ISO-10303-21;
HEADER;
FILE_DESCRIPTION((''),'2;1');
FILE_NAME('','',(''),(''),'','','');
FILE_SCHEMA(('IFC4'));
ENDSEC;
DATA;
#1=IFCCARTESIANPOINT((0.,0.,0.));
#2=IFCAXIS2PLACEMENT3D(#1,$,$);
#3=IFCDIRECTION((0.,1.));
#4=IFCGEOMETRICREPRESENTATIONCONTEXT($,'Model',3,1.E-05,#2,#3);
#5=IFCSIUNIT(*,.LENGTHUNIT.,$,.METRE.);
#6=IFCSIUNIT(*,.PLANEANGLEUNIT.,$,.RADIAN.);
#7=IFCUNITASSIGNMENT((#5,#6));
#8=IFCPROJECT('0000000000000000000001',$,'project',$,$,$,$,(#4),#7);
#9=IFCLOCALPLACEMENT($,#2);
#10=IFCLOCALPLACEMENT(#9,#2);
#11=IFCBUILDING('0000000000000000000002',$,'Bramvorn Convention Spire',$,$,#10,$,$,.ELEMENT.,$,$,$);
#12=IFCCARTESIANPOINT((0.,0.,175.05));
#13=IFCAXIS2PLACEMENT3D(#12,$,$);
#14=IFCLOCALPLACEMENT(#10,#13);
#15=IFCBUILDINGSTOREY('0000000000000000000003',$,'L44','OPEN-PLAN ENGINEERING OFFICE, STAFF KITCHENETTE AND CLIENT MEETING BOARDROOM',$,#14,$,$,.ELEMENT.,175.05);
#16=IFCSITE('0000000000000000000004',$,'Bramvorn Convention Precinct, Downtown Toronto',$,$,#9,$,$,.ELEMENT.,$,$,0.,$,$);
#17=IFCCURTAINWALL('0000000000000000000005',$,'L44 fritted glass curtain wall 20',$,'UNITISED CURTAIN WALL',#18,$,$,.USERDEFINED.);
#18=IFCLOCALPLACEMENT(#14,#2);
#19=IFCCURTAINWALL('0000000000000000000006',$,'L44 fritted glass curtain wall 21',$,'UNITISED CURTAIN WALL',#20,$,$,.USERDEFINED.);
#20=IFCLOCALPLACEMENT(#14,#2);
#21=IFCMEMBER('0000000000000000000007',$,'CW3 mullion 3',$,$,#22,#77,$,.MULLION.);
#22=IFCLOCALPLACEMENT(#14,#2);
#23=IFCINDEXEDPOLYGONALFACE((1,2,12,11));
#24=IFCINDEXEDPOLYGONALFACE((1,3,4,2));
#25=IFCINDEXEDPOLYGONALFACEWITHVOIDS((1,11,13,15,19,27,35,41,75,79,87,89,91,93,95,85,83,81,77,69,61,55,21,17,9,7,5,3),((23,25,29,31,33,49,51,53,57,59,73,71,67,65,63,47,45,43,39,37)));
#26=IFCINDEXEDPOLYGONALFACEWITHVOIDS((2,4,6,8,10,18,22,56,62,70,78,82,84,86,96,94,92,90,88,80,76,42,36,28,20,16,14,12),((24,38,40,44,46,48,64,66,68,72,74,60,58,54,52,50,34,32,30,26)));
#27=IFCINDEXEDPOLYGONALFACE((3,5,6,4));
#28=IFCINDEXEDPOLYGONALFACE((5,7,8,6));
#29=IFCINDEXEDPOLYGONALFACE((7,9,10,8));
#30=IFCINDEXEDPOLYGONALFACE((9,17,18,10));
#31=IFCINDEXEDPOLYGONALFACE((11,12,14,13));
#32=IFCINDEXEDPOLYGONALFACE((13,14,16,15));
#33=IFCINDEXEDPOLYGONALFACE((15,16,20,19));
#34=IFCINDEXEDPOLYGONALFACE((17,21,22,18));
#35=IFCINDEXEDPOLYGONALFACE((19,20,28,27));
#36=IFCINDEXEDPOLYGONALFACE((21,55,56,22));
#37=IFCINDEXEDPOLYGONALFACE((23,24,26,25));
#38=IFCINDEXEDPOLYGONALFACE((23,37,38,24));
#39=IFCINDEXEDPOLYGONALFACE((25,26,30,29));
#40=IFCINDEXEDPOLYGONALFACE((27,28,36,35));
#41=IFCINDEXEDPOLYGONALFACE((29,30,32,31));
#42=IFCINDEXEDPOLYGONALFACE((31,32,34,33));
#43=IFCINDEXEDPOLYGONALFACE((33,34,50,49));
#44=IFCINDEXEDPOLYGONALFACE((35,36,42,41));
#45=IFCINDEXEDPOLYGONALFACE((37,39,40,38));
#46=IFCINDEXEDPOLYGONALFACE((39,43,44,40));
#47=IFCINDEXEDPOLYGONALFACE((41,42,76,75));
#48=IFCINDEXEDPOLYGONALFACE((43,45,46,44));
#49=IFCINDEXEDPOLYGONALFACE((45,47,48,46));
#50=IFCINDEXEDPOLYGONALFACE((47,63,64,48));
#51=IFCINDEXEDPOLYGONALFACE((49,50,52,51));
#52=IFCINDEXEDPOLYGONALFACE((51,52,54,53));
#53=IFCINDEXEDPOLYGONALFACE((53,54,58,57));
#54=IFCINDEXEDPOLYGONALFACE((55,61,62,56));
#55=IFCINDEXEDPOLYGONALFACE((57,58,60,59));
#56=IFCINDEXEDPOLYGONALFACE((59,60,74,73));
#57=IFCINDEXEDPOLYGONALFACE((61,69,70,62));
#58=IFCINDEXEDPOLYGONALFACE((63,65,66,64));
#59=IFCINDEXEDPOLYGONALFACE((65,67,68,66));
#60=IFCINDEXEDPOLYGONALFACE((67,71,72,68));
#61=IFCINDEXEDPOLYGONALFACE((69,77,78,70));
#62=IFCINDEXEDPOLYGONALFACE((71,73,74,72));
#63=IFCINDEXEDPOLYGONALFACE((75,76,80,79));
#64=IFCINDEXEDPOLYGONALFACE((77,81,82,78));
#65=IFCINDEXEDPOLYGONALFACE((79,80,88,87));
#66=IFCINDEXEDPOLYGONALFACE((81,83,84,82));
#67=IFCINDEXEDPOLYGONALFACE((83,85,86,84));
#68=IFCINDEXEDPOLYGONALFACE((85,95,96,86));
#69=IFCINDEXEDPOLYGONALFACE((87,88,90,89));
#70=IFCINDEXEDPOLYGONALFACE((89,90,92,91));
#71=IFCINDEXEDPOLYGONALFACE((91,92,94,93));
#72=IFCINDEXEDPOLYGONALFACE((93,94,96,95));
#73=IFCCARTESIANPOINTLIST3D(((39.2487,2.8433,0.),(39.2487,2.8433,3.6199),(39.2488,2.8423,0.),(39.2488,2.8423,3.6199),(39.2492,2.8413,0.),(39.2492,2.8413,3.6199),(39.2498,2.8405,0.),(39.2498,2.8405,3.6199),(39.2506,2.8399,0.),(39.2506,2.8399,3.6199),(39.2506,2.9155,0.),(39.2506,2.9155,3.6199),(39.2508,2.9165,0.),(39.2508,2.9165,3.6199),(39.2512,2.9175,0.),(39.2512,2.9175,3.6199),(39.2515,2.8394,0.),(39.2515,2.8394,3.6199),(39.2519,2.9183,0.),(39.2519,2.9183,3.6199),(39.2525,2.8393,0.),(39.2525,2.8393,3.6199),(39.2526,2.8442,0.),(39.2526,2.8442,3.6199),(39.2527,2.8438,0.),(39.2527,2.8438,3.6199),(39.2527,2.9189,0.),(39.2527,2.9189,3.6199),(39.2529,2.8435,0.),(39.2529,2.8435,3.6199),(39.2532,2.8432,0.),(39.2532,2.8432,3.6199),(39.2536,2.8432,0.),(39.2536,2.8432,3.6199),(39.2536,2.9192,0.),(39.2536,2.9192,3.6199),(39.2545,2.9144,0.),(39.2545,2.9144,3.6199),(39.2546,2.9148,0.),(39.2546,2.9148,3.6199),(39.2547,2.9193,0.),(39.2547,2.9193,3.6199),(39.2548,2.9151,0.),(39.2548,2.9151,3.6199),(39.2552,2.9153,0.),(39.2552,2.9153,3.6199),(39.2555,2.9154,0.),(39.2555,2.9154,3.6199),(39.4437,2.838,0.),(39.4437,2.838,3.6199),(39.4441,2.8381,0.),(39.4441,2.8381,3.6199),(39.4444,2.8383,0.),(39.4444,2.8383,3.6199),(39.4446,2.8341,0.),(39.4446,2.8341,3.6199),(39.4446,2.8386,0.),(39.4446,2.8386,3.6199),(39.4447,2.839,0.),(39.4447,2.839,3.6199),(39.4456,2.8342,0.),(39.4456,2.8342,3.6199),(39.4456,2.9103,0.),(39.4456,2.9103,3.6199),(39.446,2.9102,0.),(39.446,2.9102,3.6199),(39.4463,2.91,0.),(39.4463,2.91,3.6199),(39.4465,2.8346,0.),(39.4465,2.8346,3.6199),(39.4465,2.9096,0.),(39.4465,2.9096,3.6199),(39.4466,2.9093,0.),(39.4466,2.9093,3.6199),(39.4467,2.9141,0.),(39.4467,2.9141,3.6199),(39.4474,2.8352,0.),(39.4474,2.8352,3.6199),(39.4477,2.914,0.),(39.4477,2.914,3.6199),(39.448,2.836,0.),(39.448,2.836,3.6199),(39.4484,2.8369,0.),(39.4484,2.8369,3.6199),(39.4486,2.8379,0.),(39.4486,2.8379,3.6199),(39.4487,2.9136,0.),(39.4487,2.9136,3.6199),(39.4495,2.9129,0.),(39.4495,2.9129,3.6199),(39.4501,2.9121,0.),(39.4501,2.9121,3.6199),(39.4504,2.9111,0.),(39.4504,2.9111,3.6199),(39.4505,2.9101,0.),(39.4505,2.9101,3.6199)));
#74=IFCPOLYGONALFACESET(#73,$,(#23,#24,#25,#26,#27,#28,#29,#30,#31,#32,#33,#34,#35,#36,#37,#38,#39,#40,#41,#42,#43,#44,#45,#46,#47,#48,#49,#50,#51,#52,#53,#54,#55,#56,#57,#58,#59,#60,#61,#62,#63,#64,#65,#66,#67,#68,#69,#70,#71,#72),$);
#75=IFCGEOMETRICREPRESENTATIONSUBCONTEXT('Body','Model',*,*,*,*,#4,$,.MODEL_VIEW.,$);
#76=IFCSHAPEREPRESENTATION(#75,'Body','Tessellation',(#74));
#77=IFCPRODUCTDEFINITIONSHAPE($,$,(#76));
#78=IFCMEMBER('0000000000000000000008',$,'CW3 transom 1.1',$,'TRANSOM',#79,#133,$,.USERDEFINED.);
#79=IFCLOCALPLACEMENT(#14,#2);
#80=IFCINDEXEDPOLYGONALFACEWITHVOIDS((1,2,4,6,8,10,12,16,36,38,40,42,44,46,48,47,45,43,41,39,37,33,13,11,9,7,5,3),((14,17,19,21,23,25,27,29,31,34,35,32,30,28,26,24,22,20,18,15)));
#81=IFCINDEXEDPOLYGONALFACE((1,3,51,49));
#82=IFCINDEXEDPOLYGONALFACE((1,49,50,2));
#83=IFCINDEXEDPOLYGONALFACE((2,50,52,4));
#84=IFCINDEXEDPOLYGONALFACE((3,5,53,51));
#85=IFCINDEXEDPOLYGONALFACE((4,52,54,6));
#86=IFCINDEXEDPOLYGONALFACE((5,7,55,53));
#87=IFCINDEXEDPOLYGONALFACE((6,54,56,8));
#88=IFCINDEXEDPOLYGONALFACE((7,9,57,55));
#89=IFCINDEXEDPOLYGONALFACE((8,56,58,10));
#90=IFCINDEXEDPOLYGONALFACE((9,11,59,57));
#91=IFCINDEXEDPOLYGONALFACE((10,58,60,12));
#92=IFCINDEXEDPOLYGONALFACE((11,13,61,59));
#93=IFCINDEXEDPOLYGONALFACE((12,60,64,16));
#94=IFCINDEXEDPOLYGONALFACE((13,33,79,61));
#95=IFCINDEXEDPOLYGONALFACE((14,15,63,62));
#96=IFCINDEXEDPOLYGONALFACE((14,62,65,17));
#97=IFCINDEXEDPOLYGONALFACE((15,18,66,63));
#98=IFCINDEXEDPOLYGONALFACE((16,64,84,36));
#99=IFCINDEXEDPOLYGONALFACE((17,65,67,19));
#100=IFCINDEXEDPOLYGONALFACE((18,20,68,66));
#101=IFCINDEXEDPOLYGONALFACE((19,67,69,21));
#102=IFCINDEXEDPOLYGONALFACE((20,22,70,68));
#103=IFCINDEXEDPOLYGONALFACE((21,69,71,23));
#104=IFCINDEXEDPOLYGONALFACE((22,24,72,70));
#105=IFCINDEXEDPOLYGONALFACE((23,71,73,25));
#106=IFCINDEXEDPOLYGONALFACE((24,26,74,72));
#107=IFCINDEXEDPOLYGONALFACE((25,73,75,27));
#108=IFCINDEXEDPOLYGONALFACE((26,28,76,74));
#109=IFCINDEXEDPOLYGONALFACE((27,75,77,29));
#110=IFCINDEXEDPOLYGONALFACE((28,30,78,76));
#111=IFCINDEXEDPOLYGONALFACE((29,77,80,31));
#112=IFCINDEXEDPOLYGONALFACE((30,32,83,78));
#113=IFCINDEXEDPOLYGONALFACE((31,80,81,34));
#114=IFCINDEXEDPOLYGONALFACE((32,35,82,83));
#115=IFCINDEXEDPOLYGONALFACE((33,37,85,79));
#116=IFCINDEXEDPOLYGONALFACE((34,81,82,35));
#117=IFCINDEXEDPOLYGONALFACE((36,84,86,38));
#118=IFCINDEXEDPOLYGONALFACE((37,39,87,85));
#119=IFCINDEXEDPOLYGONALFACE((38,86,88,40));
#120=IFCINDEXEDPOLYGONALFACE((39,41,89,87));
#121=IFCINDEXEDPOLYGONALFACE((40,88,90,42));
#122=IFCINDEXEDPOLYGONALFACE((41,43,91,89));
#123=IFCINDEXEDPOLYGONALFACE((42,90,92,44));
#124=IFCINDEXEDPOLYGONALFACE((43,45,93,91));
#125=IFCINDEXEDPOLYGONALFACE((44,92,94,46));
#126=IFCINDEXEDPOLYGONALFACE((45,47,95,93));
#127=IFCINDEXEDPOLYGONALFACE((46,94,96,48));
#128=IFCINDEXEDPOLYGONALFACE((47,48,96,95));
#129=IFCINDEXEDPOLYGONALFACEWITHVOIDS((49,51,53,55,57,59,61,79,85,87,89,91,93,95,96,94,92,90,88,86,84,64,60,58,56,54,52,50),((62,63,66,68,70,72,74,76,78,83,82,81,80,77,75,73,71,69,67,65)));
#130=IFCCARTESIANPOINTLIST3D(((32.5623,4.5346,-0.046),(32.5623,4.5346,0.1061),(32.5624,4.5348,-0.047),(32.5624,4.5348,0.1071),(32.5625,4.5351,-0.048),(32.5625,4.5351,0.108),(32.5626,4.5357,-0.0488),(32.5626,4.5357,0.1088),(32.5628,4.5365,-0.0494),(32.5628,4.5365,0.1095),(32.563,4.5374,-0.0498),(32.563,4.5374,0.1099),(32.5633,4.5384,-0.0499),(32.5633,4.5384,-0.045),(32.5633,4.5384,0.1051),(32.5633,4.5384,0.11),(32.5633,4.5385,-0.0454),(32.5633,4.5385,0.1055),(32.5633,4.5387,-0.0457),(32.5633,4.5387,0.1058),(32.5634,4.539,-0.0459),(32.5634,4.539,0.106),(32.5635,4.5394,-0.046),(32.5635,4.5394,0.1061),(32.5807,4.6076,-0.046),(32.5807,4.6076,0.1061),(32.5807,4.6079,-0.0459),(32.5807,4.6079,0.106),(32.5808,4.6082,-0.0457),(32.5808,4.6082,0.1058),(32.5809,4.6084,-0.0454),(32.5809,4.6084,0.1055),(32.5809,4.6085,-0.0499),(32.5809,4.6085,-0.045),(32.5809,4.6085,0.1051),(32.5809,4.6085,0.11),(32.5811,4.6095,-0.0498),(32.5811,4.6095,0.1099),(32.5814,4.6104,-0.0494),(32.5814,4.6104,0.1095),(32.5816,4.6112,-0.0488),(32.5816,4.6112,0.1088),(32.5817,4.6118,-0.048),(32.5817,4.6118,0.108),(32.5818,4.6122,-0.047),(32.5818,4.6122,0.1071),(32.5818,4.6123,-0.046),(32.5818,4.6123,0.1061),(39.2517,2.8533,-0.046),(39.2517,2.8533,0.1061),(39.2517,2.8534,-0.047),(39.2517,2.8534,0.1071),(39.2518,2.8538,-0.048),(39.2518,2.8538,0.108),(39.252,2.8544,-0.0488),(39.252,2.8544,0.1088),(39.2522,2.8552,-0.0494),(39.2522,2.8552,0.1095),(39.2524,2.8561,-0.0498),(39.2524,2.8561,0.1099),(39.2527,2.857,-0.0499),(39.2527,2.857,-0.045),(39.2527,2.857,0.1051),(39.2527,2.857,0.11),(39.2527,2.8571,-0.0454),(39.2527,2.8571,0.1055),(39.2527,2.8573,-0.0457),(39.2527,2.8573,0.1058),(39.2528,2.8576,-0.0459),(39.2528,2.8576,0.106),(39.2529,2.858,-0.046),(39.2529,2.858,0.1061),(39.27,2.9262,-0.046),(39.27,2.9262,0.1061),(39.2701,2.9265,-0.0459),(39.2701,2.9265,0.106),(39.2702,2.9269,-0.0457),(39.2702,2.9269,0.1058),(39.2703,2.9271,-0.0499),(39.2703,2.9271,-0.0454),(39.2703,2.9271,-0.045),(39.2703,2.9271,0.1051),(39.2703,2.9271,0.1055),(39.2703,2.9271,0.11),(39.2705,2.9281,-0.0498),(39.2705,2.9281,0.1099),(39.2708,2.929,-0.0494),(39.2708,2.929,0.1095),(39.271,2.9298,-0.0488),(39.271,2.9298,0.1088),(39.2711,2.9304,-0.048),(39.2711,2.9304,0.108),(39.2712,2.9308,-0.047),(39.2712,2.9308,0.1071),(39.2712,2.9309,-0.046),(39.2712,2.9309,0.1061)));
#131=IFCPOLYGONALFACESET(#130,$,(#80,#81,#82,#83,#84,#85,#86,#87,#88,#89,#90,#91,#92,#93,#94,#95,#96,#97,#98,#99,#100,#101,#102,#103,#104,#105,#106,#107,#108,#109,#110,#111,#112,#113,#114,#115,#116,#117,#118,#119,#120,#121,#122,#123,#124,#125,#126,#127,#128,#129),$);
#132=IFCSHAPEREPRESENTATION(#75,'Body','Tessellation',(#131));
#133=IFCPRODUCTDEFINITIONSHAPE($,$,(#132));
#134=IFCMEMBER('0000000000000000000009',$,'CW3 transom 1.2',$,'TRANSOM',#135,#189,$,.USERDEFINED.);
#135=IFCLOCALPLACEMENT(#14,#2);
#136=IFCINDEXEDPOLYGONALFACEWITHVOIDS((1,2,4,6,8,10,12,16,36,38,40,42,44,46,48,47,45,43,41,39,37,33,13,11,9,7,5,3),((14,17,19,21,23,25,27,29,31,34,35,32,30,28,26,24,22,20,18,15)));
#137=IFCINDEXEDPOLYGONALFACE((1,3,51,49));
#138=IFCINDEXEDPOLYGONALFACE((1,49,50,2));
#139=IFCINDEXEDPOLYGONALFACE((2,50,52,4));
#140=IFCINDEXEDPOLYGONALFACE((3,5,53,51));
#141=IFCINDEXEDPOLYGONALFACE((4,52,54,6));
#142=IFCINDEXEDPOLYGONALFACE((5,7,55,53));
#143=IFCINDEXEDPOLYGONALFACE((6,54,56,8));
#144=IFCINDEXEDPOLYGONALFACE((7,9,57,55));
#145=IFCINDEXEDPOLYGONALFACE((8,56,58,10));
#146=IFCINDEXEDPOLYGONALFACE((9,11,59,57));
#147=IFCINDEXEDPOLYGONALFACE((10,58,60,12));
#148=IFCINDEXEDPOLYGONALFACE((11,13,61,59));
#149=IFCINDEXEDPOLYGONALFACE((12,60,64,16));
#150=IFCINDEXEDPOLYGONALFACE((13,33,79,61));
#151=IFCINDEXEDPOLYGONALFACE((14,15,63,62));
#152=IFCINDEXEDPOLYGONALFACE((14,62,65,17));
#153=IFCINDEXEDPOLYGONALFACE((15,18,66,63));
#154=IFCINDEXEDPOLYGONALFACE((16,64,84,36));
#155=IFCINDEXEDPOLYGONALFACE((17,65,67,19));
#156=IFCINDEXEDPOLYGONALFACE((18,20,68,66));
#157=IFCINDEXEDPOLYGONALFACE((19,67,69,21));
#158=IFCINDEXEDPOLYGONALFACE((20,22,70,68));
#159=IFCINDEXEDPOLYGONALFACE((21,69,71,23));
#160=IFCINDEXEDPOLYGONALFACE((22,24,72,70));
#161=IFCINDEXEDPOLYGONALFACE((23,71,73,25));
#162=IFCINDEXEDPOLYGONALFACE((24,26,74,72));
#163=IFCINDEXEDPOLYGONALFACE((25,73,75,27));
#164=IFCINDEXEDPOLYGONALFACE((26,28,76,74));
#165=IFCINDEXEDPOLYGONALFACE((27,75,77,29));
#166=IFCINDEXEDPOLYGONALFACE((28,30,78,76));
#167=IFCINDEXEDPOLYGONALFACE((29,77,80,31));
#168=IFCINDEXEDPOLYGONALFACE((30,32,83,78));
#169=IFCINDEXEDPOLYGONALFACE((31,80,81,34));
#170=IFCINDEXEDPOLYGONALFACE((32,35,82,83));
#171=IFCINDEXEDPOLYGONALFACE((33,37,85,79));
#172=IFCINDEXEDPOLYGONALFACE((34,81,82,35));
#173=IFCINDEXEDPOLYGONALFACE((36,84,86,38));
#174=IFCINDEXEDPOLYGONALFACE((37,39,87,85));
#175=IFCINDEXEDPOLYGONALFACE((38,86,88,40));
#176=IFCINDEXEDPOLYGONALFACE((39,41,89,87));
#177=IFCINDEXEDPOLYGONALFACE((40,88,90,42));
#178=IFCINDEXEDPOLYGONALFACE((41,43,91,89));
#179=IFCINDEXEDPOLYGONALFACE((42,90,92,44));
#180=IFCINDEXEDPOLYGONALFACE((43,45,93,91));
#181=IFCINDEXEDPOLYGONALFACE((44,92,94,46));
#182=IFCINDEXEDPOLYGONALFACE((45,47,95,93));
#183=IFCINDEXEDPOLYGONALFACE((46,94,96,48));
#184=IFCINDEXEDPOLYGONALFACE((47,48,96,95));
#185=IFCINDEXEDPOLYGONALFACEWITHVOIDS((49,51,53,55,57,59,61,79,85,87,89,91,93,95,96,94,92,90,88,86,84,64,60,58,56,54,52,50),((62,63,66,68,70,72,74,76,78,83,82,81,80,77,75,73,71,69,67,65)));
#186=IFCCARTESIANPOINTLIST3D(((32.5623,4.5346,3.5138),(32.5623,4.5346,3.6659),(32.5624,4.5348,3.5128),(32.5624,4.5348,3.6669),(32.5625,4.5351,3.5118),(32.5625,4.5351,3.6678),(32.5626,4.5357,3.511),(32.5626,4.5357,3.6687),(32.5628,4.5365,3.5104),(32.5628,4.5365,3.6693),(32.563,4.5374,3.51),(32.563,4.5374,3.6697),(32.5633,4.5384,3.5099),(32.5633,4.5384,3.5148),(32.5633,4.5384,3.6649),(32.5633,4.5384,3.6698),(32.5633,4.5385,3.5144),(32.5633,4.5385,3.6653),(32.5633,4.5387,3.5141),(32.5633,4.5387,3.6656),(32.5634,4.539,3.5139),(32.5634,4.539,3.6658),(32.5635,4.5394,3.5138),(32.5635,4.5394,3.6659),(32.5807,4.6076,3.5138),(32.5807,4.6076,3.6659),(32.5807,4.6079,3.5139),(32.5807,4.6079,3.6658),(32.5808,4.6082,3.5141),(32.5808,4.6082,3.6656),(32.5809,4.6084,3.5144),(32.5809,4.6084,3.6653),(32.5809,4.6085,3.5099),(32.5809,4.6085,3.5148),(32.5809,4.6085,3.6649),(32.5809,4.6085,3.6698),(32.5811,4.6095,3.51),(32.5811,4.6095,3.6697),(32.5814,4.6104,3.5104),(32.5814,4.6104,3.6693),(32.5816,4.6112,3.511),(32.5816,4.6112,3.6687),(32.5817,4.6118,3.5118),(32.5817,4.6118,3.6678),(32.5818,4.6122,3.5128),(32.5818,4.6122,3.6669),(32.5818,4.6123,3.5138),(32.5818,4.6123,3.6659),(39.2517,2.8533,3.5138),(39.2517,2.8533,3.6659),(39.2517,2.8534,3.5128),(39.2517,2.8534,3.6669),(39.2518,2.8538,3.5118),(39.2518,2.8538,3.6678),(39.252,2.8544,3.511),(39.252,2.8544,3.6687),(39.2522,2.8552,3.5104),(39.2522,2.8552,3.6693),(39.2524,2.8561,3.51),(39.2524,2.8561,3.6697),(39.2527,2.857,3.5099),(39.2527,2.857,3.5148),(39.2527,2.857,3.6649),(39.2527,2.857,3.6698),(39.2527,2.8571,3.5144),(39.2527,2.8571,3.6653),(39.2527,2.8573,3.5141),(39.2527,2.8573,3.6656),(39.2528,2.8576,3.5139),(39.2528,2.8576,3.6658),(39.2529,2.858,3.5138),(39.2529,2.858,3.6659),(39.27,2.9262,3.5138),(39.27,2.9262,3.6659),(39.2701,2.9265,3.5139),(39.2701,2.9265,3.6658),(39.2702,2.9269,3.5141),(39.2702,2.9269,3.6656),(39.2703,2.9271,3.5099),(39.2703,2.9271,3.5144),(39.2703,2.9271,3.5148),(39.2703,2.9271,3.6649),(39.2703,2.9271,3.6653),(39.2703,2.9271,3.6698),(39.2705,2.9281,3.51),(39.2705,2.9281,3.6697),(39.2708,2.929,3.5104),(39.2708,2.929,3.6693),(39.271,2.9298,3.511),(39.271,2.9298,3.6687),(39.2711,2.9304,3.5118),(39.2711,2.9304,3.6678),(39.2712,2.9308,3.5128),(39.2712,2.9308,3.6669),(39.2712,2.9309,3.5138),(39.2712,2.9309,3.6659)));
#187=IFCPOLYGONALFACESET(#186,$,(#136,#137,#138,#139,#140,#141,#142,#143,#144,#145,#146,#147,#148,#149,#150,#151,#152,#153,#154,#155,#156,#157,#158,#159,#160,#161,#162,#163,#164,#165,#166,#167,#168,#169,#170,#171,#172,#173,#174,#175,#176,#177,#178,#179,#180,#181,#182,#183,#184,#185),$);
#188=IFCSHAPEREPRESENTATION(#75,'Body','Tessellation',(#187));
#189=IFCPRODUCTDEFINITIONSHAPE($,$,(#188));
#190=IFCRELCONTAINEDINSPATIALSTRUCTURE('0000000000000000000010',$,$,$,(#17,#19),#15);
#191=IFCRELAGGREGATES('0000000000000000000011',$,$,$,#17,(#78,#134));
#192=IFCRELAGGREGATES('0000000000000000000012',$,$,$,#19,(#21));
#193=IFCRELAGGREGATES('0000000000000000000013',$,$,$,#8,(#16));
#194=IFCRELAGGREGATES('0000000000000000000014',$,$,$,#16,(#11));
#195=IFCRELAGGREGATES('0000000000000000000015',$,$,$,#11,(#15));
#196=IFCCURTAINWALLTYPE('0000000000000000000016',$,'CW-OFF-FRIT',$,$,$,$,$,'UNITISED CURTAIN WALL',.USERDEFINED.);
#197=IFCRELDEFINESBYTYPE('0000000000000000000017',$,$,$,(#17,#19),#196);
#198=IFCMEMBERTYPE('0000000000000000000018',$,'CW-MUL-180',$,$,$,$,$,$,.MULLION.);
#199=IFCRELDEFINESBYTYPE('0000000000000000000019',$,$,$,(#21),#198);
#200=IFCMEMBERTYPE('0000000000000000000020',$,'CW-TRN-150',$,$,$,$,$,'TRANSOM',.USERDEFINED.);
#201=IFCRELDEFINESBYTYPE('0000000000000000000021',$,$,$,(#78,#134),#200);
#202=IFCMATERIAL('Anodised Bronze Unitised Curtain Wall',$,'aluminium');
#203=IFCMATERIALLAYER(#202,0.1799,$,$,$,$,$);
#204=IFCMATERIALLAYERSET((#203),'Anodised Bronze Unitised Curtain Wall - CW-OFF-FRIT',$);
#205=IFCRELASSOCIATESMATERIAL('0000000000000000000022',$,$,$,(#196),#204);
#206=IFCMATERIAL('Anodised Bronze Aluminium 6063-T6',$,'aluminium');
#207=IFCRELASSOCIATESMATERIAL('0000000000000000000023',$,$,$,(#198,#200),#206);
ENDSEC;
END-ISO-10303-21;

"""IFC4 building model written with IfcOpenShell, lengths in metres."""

from ifc_helpers import new_model, si_unit, direction, frame, origin, origin_2d, place, context, subcontext, project, spatial, hollow_rectangle, extrude, material, layer, layer_set, material_profile, profile_set, type_object, element, aggregate, save


model = new_model("IFC4")

# Units and contexts
model_context = context("Model", 3, precision=1e-05, world=origin(), true_north=direction((0.0, 1.0)))
body_context = subcontext(model_context, "Body", "Model", "MODEL_VIEW")
ifc_project = project(units=[si_unit("LENGTHUNIT", "METRE"), si_unit("PLANEANGLEUNIT", "RADIAN")], contexts=[model_context])

# Site, building, storey
site_placement = place(None, origin())
site = spatial("IfcSite", under=ifc_project, at=site_placement, Name="Bramvorn Convention Precinct, Downtown Toronto", CompositionType="ELEMENT", RefElevation=0.0)
building_placement = place(site_placement, origin())
building = spatial("IfcBuilding", under=site, at=building_placement, Name="Bramvorn Convention Spire", CompositionType="ELEMENT")
storey_placement = place(building_placement, frame((0.0, 0.0, 175.05)))
storey = spatial("IfcBuildingStorey", under=building, at=storey_placement, Name="L44", Description="OPEN-PLAN ENGINEERING OFFICE, STAFF KITCHENETTE AND CLIENT MEETING BOARDROOM", CompositionType="ELEMENT", Elevation=175.05)

# Curtain wall
ifc_material_1 = material(Name="Anodised Bronze Unitised Curtain Wall", Category="aluminium")
ifc_layer_1 = layer(ifc_material_1, 0.1799)
ifc_layer_set_1 = layer_set([ifc_layer_1], Name="Anodised Bronze Unitised Curtain Wall - CW-OFF-FRIT")
curtain_wall_type = type_object("IfcCurtainWallType", Name="CW-OFF-FRIT", ElementType="UNITISED CURTAIN WALL", PredefinedType="USERDEFINED", material=ifc_layer_set_1)
curtain_wall_1_placement = place(storey_placement, origin())
curtain_wall_1 = element("IfcCurtainWall", 1, at=curtain_wall_1_placement, inside=storey, type_object=curtain_wall_type, Name="L44 fritted glass curtain wall 20", ObjectType="UNITISED CURTAIN WALL", PredefinedType="USERDEFINED")
ifc_material_2 = material(Name="Anodised Bronze Aluminium 6063-T6", Category="aluminium")
ifc_material_profile_1 = material_profile(ifc_material_2, hollow_rectangle(XDim=0.0801, YDim=0.2, WallThickness=0.0039, InnerFilletRadius=0.001, OuterFilletRadius=0.0039, at=origin_2d()))
ifc_profile_set_1 = profile_set([ifc_material_profile_1], Name="Anodised Bronze Aluminium 6063-T6 - CWM80X200")
member_type_1 = type_object("IfcMemberType", Name="CW-MUL-180", PredefinedType="MULLION", material=ifc_profile_set_1)

# Curtain wall, member
curtain_wall_2_placement = place(storey_placement, origin())
curtain_wall_2 = element("IfcCurtainWall", 2, at=curtain_wall_2_placement, inside=storey, type_object=curtain_wall_type, Name="L44 fritted glass curtain wall 21", ObjectType="UNITISED CURTAIN WALL", PredefinedType="USERDEFINED")
member_1_placement = place(storey_placement, frame((39.3496, 2.8767, 0.0), z_axis=(0.0, 0.0, 1.0), x_axis=(-0.026988, -0.999636, 0.0)))
member_1 = element("IfcMember", 3, at=member_1_placement, type_object=member_type_1, Name="CW3 mullion 3", PredefinedType="MULLION", context=body_context, shape_type="SweptSolid", body=[
    extrude(hollow_rectangle(XDim=0.0801, YDim=0.2, WallThickness=0.0039, InnerFilletRadius=0.001, OuterFilletRadius=0.0039, at=origin_2d()), origin(), (0.0, 0.0, 1.0), 3.6199),
])

# Members
ifc_material_profile_2 = material_profile(ifc_material_2, hollow_rectangle(XDim=0.0801, YDim=0.1599, WallThickness=0.0039, InnerFilletRadius=0.001, OuterFilletRadius=0.0039, at=origin_2d()))
ifc_profile_set_2 = profile_set([ifc_material_profile_2], Name="Anodised Bronze Aluminium 6063-T6 - CWT80X160")
member_type_2 = type_object("IfcMemberType", Name="CW-TRN-150", ElementType="TRANSOM", PredefinedType="USERDEFINED", material=ifc_profile_set_2)
member_2_placement = place(storey_placement, frame((39.2615, 2.8921, 0.03), z_axis=(-0.969834, 0.243768, 0.0), x_axis=(-0.243768, -0.969834, 0.0)))
member_2 = element("IfcMember", 4, at=member_2_placement, type_object=member_type_2, Name="CW3 transom 1.1", ObjectType="TRANSOM", PredefinedType="USERDEFINED", context=body_context, shape_type="SweptSolid", body=[
    extrude(hollow_rectangle(XDim=0.0801, YDim=0.1599, WallThickness=0.0039, InnerFilletRadius=0.001, OuterFilletRadius=0.0039, at=origin_2d()), origin(), (0.0, 0.0, 1.0), 6.8975),
])
member_3_placement = place(storey_placement, frame((39.2615, 2.8921, 3.5898), z_axis=(-0.969834, 0.243768, 0.0), x_axis=(-0.243768, -0.969834, 0.0)))
member_3 = element("IfcMember", 5, at=member_3_placement, type_object=member_type_2, Name="CW3 transom 1.2", ObjectType="TRANSOM", PredefinedType="USERDEFINED", context=body_context, shape_type="SweptSolid", body=[
    extrude(hollow_rectangle(XDim=0.0801, YDim=0.1599, WallThickness=0.0039, InnerFilletRadius=0.001, OuterFilletRadius=0.0039, at=origin_2d()), origin(), (0.0, 0.0, 1.0), 6.8975),
])

aggregate(curtain_wall_1, [member_2, member_3])
aggregate(curtain_wall_2, [member_1])

save(model, "model.ifc")
